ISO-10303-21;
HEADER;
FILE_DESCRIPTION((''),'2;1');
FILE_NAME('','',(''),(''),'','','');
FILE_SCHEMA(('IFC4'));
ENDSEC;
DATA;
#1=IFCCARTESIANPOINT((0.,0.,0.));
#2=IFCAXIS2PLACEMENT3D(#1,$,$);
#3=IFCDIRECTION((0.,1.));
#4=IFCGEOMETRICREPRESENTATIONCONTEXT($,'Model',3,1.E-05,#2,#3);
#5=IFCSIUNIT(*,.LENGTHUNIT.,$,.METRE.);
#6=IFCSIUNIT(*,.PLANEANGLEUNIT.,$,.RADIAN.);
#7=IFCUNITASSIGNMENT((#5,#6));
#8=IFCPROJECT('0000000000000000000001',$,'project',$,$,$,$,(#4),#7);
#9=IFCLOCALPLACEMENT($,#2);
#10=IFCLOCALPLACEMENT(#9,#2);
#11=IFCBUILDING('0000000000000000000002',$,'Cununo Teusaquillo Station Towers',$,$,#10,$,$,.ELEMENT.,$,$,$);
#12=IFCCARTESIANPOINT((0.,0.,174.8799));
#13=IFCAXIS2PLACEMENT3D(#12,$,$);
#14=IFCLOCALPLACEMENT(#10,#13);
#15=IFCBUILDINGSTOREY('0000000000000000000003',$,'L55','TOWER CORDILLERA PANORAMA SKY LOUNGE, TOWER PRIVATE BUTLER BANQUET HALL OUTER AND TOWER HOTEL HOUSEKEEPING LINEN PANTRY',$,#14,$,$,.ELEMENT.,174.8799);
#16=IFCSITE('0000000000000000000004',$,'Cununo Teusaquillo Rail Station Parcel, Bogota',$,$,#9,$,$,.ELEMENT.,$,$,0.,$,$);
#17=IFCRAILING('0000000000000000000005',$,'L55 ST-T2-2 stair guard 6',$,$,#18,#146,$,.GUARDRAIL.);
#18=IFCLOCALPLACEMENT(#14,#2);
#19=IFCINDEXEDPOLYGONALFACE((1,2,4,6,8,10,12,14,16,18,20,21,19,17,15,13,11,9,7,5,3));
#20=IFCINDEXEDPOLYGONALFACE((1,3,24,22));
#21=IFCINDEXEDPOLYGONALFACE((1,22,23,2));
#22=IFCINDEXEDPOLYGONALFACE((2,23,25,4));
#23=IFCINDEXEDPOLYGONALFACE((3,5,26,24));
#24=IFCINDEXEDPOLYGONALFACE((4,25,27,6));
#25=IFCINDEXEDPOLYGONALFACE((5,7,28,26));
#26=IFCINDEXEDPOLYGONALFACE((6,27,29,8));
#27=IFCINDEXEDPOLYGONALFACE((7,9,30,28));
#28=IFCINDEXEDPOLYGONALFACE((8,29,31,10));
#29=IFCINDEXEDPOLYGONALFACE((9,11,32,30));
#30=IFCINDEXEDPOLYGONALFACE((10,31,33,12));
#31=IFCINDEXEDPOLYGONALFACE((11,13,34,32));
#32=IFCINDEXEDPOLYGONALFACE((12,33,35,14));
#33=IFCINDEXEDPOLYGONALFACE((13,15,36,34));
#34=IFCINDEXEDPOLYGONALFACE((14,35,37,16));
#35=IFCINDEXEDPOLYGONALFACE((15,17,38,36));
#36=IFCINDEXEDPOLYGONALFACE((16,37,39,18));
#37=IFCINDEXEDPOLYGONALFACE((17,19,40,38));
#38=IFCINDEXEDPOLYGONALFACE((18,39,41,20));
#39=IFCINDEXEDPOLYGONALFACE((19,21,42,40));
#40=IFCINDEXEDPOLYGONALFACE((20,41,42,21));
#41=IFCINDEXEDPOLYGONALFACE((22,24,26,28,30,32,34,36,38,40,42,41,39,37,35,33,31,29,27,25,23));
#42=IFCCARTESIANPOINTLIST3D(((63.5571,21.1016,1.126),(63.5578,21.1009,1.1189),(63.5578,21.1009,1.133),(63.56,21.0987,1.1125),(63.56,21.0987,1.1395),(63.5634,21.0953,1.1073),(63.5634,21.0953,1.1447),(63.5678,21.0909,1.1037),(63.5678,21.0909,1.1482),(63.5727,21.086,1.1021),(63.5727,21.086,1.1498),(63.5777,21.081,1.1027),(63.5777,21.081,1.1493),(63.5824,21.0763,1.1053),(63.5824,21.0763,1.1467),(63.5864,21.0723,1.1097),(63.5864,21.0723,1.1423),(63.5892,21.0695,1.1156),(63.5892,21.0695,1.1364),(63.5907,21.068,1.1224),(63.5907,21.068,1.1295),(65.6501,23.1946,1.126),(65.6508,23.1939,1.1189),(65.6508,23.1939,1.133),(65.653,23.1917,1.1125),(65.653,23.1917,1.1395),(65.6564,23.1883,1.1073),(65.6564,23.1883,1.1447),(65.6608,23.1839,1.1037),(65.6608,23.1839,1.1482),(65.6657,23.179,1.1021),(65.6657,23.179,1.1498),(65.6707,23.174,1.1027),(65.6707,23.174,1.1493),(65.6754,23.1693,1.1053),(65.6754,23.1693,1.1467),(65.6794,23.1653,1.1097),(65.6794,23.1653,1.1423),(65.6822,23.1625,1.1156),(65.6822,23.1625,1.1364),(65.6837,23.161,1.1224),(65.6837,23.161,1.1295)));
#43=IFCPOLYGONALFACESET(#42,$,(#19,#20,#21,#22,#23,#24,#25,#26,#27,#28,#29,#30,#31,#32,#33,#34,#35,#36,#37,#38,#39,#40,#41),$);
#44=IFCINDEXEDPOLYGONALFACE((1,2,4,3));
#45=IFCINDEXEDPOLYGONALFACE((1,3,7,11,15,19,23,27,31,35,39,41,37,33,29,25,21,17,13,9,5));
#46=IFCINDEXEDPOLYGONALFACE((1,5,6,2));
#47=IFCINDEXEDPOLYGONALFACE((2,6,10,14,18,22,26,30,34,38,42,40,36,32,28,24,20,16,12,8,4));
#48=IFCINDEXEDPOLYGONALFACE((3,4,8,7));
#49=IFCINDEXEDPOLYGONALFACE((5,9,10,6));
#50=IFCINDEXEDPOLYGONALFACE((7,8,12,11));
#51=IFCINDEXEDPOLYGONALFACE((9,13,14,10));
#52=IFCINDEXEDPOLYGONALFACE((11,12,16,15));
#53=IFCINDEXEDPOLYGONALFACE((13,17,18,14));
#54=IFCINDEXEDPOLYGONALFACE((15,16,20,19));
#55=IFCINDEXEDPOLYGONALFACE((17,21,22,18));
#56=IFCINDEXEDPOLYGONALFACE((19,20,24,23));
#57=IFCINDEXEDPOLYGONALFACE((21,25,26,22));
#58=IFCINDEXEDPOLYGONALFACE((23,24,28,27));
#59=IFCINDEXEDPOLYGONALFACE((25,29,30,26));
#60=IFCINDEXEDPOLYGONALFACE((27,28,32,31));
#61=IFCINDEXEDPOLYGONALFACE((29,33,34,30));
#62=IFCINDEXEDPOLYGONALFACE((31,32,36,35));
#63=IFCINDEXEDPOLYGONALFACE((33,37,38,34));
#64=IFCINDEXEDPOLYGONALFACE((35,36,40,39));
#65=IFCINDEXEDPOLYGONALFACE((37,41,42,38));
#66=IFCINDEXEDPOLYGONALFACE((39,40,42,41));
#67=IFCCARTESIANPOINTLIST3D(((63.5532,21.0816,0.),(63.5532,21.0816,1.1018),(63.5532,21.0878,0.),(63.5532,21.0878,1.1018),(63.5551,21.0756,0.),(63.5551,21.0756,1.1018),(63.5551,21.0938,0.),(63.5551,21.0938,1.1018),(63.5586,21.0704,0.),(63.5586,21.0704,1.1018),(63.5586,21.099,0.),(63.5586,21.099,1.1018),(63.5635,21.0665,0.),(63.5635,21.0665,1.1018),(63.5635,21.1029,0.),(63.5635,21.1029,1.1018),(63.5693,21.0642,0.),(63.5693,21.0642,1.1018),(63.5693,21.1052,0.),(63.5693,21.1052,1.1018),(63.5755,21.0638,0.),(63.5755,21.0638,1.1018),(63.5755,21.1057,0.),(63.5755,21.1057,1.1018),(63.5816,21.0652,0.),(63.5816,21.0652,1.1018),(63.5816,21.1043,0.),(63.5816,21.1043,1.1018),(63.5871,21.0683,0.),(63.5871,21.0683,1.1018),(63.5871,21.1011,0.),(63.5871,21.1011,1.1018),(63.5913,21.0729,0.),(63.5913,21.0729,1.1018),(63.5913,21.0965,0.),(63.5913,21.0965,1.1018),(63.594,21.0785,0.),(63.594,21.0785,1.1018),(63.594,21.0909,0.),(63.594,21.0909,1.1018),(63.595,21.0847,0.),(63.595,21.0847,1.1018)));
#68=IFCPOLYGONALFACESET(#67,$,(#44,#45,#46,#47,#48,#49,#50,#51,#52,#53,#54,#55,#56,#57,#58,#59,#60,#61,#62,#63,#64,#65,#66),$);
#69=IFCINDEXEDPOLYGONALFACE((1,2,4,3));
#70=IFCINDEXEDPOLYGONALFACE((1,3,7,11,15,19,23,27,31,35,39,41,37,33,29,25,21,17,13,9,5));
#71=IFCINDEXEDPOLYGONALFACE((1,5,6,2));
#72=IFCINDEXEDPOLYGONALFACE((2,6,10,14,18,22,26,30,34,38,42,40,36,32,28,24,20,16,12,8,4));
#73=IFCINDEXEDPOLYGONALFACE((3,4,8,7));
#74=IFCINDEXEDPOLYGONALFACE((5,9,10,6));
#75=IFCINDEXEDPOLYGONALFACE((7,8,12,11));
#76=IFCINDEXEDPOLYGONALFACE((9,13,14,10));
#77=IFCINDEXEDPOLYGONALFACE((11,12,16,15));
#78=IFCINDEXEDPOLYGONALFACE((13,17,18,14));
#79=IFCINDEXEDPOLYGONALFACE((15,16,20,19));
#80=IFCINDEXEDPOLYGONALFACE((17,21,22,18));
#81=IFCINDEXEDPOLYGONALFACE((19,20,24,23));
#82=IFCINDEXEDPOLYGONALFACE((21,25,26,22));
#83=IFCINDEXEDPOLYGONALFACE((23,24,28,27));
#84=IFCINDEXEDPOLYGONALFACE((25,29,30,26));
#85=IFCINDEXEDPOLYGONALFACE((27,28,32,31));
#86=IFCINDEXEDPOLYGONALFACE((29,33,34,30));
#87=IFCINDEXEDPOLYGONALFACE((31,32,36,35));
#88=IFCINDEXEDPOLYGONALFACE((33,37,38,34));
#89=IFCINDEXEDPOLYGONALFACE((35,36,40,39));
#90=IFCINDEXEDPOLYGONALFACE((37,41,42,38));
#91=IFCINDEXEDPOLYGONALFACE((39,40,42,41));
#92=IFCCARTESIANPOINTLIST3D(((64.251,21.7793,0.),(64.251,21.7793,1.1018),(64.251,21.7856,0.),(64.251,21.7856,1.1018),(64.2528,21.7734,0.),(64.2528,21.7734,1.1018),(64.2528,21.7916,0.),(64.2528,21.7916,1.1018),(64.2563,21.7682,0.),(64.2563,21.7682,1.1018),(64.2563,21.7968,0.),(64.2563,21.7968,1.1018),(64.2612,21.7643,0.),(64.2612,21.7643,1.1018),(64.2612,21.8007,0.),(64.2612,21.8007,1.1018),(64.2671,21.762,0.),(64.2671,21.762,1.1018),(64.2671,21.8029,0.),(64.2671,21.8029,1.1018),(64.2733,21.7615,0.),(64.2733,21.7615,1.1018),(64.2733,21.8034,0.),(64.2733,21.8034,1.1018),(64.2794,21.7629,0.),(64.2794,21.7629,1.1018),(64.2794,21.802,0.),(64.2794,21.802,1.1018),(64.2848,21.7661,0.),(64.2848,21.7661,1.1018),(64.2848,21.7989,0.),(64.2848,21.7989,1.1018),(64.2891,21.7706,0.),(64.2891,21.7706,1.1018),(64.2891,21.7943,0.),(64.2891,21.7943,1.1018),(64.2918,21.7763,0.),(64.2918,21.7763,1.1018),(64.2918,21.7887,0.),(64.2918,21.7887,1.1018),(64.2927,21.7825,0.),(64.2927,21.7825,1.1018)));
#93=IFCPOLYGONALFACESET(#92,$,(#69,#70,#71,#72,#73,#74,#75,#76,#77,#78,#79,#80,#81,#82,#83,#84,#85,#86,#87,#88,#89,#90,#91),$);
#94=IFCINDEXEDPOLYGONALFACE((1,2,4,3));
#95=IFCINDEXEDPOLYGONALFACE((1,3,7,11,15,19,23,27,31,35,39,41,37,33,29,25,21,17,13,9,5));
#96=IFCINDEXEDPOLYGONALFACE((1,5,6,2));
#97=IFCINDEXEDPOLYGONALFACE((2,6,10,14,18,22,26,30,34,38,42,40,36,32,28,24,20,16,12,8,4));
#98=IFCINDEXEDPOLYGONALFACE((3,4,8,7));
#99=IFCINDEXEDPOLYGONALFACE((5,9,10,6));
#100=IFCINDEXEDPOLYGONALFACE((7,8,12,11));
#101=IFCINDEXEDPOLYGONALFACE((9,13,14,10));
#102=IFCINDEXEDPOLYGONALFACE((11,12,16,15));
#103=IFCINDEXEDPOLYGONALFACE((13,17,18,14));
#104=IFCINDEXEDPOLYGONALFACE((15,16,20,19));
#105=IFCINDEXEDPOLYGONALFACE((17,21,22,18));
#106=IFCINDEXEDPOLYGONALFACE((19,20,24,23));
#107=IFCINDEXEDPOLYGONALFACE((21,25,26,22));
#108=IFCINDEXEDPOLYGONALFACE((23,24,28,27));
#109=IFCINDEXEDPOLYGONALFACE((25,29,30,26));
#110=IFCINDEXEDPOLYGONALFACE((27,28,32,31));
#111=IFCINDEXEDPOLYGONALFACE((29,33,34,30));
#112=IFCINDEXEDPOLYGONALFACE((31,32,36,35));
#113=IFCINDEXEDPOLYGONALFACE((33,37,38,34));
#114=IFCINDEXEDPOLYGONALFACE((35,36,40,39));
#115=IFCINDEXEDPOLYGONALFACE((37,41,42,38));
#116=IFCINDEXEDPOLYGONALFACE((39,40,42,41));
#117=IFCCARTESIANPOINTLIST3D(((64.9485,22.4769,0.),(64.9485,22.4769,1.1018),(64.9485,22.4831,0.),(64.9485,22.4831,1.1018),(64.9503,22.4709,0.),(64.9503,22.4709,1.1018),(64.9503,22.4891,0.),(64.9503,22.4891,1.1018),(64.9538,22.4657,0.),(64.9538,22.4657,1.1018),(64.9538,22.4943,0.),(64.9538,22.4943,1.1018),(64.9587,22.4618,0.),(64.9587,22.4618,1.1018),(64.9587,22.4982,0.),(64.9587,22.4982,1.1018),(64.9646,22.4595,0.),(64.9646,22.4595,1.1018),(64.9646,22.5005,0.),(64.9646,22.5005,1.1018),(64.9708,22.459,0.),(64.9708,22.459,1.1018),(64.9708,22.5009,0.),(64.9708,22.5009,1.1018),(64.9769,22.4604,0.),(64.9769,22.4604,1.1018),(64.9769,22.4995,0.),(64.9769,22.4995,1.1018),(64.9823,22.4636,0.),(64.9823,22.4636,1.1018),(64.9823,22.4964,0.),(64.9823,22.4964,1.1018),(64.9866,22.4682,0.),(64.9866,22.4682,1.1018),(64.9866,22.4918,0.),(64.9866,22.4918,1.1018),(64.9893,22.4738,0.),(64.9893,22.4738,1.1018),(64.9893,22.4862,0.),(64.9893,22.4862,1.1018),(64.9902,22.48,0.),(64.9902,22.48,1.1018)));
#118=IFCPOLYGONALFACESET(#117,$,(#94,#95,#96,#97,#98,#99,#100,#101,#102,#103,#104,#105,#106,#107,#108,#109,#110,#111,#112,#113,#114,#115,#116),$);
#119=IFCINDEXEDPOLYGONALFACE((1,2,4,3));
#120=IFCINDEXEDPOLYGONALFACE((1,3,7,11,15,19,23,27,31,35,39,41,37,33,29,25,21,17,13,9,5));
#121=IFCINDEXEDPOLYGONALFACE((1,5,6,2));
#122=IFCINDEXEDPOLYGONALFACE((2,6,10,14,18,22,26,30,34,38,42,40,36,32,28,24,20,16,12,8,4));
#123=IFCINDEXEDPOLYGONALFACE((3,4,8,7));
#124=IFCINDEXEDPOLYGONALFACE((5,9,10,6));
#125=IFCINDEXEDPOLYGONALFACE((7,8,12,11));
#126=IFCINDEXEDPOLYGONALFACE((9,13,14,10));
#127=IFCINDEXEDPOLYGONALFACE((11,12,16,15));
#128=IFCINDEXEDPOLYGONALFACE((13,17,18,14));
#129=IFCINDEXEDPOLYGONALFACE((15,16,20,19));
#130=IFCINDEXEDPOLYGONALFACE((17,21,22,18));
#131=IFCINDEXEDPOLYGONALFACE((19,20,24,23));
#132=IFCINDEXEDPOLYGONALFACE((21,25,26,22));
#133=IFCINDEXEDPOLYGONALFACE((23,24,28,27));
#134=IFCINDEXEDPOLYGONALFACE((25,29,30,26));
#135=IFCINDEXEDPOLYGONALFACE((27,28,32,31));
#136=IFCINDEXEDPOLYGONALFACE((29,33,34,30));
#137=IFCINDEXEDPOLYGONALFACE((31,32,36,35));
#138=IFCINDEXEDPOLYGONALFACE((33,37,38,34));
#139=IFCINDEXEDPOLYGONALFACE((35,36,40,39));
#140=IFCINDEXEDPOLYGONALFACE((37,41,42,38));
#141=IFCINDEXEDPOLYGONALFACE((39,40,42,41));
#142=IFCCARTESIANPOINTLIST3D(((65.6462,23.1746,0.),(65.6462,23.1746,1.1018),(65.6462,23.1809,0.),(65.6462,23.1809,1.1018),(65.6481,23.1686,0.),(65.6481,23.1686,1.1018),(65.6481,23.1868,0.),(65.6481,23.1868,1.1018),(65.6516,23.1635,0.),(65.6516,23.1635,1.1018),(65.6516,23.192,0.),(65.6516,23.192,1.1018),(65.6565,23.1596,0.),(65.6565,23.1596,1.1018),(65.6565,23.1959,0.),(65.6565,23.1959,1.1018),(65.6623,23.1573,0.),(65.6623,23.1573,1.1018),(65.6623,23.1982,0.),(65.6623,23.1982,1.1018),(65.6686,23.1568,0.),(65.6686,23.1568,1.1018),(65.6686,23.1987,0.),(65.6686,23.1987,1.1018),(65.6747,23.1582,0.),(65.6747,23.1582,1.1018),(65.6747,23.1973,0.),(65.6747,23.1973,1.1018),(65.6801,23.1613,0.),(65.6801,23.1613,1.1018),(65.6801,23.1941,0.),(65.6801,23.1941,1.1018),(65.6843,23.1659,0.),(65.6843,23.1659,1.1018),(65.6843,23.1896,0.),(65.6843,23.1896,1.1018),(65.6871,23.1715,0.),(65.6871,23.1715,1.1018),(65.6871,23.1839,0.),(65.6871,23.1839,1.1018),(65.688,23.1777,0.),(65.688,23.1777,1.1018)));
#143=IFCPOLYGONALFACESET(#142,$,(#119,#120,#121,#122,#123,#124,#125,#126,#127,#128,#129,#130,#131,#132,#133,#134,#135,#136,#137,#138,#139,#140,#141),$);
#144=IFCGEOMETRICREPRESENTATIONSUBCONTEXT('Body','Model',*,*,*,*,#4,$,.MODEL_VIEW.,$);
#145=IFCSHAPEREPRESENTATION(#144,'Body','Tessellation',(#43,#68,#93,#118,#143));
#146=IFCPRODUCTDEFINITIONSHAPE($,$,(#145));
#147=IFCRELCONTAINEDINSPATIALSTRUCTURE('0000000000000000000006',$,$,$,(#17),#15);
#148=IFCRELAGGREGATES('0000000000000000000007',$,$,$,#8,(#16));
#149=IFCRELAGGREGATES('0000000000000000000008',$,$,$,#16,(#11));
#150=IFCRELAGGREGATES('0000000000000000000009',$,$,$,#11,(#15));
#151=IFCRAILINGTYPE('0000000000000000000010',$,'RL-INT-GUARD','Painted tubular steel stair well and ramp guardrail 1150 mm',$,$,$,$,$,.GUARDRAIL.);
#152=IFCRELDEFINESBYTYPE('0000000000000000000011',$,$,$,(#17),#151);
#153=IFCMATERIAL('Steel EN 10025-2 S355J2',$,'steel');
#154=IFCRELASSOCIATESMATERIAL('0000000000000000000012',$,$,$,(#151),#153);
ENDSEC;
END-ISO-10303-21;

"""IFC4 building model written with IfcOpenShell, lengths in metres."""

from ifc_helpers import new_model, si_unit, direction, frame, origin, origin_2d, place, context, subcontext, project, spatial, circle, extrude, material, type_object, element, save


model = new_model("IFC4")

# Units and contexts
model_context = context("Model", 3, precision=1e-05, world=origin(), true_north=direction((0.0, 1.0)))
body_context = subcontext(model_context, "Body", "Model", "MODEL_VIEW")
ifc_project = project(units=[si_unit("LENGTHUNIT", "METRE"), si_unit("PLANEANGLEUNIT", "RADIAN")], contexts=[model_context])

# Site, building, storey
site_placement = place(None, origin())
site = spatial("IfcSite", under=ifc_project, at=site_placement, Name="Cununo Teusaquillo Rail Station Parcel, Bogota", CompositionType="ELEMENT", RefElevation=0.0)
building_placement = place(site_placement, origin())
building = spatial("IfcBuilding", under=site, at=building_placement, Name="Cununo Teusaquillo Station Towers", CompositionType="ELEMENT")
storey_placement = place(building_placement, frame((0.0, 0.0, 174.8799)))
storey = spatial("IfcBuildingStorey", under=building, at=storey_placement, Name="L55", Description="TOWER CORDILLERA PANORAMA SKY LOUNGE, TOWER PRIVATE BUTLER BANQUET HALL OUTER AND TOWER HOTEL HOUSEKEEPING LINEN PANTRY", CompositionType="ELEMENT", Elevation=174.8799)

# Railing
ifc_material_1 = material(Name="Steel EN 10025-2 S355J2", Category="steel")
railing_type = type_object("IfcRailingType", Name="RL-INT-GUARD", Description="Painted tubular steel stair well and ramp guardrail 1150 mm", PredefinedType="GUARDRAIL", material=ifc_material_1)
railing_1_placement = place(storey_placement, frame((63.574, 21.0847, 0.0)))
element("IfcRailing", 1, at=railing_1_placement, inside=storey, type_object=railing_type, Name="L55 ST-T2-2 stair guard 6", PredefinedType="GUARDRAIL", context=body_context, shape_type="SweptSolid", body=[
    extrude(circle(Radius=0.0239, at=origin_2d()), frame((0.0, 0.0, 1.126), z_axis=(0.707107, 0.707107, 0.0), x_axis=(-0.707107, 0.707107, 0.0)), (0.0, 0.0, 1.0), 2.96),
    extrude(circle(Radius=0.021, at=origin_2d()), origin(), (0.0, 0.0, 1.0), 1.1018),
    extrude(circle(Radius=0.021, at=origin_2d()), frame((0.6978, 0.6978, 0.0)), (0.0, 0.0, 1.0), 1.1018),
    extrude(circle(Radius=0.021, at=origin_2d()), frame((1.3953, 1.3953, 0.0)), (0.0, 0.0, 1.0), 1.1018),
    extrude(circle(Radius=0.021, at=origin_2d()), frame((2.093, 2.093, 0.0)), (0.0, 0.0, 1.0), 1.1018),
])

save(model, "model.ifc")
